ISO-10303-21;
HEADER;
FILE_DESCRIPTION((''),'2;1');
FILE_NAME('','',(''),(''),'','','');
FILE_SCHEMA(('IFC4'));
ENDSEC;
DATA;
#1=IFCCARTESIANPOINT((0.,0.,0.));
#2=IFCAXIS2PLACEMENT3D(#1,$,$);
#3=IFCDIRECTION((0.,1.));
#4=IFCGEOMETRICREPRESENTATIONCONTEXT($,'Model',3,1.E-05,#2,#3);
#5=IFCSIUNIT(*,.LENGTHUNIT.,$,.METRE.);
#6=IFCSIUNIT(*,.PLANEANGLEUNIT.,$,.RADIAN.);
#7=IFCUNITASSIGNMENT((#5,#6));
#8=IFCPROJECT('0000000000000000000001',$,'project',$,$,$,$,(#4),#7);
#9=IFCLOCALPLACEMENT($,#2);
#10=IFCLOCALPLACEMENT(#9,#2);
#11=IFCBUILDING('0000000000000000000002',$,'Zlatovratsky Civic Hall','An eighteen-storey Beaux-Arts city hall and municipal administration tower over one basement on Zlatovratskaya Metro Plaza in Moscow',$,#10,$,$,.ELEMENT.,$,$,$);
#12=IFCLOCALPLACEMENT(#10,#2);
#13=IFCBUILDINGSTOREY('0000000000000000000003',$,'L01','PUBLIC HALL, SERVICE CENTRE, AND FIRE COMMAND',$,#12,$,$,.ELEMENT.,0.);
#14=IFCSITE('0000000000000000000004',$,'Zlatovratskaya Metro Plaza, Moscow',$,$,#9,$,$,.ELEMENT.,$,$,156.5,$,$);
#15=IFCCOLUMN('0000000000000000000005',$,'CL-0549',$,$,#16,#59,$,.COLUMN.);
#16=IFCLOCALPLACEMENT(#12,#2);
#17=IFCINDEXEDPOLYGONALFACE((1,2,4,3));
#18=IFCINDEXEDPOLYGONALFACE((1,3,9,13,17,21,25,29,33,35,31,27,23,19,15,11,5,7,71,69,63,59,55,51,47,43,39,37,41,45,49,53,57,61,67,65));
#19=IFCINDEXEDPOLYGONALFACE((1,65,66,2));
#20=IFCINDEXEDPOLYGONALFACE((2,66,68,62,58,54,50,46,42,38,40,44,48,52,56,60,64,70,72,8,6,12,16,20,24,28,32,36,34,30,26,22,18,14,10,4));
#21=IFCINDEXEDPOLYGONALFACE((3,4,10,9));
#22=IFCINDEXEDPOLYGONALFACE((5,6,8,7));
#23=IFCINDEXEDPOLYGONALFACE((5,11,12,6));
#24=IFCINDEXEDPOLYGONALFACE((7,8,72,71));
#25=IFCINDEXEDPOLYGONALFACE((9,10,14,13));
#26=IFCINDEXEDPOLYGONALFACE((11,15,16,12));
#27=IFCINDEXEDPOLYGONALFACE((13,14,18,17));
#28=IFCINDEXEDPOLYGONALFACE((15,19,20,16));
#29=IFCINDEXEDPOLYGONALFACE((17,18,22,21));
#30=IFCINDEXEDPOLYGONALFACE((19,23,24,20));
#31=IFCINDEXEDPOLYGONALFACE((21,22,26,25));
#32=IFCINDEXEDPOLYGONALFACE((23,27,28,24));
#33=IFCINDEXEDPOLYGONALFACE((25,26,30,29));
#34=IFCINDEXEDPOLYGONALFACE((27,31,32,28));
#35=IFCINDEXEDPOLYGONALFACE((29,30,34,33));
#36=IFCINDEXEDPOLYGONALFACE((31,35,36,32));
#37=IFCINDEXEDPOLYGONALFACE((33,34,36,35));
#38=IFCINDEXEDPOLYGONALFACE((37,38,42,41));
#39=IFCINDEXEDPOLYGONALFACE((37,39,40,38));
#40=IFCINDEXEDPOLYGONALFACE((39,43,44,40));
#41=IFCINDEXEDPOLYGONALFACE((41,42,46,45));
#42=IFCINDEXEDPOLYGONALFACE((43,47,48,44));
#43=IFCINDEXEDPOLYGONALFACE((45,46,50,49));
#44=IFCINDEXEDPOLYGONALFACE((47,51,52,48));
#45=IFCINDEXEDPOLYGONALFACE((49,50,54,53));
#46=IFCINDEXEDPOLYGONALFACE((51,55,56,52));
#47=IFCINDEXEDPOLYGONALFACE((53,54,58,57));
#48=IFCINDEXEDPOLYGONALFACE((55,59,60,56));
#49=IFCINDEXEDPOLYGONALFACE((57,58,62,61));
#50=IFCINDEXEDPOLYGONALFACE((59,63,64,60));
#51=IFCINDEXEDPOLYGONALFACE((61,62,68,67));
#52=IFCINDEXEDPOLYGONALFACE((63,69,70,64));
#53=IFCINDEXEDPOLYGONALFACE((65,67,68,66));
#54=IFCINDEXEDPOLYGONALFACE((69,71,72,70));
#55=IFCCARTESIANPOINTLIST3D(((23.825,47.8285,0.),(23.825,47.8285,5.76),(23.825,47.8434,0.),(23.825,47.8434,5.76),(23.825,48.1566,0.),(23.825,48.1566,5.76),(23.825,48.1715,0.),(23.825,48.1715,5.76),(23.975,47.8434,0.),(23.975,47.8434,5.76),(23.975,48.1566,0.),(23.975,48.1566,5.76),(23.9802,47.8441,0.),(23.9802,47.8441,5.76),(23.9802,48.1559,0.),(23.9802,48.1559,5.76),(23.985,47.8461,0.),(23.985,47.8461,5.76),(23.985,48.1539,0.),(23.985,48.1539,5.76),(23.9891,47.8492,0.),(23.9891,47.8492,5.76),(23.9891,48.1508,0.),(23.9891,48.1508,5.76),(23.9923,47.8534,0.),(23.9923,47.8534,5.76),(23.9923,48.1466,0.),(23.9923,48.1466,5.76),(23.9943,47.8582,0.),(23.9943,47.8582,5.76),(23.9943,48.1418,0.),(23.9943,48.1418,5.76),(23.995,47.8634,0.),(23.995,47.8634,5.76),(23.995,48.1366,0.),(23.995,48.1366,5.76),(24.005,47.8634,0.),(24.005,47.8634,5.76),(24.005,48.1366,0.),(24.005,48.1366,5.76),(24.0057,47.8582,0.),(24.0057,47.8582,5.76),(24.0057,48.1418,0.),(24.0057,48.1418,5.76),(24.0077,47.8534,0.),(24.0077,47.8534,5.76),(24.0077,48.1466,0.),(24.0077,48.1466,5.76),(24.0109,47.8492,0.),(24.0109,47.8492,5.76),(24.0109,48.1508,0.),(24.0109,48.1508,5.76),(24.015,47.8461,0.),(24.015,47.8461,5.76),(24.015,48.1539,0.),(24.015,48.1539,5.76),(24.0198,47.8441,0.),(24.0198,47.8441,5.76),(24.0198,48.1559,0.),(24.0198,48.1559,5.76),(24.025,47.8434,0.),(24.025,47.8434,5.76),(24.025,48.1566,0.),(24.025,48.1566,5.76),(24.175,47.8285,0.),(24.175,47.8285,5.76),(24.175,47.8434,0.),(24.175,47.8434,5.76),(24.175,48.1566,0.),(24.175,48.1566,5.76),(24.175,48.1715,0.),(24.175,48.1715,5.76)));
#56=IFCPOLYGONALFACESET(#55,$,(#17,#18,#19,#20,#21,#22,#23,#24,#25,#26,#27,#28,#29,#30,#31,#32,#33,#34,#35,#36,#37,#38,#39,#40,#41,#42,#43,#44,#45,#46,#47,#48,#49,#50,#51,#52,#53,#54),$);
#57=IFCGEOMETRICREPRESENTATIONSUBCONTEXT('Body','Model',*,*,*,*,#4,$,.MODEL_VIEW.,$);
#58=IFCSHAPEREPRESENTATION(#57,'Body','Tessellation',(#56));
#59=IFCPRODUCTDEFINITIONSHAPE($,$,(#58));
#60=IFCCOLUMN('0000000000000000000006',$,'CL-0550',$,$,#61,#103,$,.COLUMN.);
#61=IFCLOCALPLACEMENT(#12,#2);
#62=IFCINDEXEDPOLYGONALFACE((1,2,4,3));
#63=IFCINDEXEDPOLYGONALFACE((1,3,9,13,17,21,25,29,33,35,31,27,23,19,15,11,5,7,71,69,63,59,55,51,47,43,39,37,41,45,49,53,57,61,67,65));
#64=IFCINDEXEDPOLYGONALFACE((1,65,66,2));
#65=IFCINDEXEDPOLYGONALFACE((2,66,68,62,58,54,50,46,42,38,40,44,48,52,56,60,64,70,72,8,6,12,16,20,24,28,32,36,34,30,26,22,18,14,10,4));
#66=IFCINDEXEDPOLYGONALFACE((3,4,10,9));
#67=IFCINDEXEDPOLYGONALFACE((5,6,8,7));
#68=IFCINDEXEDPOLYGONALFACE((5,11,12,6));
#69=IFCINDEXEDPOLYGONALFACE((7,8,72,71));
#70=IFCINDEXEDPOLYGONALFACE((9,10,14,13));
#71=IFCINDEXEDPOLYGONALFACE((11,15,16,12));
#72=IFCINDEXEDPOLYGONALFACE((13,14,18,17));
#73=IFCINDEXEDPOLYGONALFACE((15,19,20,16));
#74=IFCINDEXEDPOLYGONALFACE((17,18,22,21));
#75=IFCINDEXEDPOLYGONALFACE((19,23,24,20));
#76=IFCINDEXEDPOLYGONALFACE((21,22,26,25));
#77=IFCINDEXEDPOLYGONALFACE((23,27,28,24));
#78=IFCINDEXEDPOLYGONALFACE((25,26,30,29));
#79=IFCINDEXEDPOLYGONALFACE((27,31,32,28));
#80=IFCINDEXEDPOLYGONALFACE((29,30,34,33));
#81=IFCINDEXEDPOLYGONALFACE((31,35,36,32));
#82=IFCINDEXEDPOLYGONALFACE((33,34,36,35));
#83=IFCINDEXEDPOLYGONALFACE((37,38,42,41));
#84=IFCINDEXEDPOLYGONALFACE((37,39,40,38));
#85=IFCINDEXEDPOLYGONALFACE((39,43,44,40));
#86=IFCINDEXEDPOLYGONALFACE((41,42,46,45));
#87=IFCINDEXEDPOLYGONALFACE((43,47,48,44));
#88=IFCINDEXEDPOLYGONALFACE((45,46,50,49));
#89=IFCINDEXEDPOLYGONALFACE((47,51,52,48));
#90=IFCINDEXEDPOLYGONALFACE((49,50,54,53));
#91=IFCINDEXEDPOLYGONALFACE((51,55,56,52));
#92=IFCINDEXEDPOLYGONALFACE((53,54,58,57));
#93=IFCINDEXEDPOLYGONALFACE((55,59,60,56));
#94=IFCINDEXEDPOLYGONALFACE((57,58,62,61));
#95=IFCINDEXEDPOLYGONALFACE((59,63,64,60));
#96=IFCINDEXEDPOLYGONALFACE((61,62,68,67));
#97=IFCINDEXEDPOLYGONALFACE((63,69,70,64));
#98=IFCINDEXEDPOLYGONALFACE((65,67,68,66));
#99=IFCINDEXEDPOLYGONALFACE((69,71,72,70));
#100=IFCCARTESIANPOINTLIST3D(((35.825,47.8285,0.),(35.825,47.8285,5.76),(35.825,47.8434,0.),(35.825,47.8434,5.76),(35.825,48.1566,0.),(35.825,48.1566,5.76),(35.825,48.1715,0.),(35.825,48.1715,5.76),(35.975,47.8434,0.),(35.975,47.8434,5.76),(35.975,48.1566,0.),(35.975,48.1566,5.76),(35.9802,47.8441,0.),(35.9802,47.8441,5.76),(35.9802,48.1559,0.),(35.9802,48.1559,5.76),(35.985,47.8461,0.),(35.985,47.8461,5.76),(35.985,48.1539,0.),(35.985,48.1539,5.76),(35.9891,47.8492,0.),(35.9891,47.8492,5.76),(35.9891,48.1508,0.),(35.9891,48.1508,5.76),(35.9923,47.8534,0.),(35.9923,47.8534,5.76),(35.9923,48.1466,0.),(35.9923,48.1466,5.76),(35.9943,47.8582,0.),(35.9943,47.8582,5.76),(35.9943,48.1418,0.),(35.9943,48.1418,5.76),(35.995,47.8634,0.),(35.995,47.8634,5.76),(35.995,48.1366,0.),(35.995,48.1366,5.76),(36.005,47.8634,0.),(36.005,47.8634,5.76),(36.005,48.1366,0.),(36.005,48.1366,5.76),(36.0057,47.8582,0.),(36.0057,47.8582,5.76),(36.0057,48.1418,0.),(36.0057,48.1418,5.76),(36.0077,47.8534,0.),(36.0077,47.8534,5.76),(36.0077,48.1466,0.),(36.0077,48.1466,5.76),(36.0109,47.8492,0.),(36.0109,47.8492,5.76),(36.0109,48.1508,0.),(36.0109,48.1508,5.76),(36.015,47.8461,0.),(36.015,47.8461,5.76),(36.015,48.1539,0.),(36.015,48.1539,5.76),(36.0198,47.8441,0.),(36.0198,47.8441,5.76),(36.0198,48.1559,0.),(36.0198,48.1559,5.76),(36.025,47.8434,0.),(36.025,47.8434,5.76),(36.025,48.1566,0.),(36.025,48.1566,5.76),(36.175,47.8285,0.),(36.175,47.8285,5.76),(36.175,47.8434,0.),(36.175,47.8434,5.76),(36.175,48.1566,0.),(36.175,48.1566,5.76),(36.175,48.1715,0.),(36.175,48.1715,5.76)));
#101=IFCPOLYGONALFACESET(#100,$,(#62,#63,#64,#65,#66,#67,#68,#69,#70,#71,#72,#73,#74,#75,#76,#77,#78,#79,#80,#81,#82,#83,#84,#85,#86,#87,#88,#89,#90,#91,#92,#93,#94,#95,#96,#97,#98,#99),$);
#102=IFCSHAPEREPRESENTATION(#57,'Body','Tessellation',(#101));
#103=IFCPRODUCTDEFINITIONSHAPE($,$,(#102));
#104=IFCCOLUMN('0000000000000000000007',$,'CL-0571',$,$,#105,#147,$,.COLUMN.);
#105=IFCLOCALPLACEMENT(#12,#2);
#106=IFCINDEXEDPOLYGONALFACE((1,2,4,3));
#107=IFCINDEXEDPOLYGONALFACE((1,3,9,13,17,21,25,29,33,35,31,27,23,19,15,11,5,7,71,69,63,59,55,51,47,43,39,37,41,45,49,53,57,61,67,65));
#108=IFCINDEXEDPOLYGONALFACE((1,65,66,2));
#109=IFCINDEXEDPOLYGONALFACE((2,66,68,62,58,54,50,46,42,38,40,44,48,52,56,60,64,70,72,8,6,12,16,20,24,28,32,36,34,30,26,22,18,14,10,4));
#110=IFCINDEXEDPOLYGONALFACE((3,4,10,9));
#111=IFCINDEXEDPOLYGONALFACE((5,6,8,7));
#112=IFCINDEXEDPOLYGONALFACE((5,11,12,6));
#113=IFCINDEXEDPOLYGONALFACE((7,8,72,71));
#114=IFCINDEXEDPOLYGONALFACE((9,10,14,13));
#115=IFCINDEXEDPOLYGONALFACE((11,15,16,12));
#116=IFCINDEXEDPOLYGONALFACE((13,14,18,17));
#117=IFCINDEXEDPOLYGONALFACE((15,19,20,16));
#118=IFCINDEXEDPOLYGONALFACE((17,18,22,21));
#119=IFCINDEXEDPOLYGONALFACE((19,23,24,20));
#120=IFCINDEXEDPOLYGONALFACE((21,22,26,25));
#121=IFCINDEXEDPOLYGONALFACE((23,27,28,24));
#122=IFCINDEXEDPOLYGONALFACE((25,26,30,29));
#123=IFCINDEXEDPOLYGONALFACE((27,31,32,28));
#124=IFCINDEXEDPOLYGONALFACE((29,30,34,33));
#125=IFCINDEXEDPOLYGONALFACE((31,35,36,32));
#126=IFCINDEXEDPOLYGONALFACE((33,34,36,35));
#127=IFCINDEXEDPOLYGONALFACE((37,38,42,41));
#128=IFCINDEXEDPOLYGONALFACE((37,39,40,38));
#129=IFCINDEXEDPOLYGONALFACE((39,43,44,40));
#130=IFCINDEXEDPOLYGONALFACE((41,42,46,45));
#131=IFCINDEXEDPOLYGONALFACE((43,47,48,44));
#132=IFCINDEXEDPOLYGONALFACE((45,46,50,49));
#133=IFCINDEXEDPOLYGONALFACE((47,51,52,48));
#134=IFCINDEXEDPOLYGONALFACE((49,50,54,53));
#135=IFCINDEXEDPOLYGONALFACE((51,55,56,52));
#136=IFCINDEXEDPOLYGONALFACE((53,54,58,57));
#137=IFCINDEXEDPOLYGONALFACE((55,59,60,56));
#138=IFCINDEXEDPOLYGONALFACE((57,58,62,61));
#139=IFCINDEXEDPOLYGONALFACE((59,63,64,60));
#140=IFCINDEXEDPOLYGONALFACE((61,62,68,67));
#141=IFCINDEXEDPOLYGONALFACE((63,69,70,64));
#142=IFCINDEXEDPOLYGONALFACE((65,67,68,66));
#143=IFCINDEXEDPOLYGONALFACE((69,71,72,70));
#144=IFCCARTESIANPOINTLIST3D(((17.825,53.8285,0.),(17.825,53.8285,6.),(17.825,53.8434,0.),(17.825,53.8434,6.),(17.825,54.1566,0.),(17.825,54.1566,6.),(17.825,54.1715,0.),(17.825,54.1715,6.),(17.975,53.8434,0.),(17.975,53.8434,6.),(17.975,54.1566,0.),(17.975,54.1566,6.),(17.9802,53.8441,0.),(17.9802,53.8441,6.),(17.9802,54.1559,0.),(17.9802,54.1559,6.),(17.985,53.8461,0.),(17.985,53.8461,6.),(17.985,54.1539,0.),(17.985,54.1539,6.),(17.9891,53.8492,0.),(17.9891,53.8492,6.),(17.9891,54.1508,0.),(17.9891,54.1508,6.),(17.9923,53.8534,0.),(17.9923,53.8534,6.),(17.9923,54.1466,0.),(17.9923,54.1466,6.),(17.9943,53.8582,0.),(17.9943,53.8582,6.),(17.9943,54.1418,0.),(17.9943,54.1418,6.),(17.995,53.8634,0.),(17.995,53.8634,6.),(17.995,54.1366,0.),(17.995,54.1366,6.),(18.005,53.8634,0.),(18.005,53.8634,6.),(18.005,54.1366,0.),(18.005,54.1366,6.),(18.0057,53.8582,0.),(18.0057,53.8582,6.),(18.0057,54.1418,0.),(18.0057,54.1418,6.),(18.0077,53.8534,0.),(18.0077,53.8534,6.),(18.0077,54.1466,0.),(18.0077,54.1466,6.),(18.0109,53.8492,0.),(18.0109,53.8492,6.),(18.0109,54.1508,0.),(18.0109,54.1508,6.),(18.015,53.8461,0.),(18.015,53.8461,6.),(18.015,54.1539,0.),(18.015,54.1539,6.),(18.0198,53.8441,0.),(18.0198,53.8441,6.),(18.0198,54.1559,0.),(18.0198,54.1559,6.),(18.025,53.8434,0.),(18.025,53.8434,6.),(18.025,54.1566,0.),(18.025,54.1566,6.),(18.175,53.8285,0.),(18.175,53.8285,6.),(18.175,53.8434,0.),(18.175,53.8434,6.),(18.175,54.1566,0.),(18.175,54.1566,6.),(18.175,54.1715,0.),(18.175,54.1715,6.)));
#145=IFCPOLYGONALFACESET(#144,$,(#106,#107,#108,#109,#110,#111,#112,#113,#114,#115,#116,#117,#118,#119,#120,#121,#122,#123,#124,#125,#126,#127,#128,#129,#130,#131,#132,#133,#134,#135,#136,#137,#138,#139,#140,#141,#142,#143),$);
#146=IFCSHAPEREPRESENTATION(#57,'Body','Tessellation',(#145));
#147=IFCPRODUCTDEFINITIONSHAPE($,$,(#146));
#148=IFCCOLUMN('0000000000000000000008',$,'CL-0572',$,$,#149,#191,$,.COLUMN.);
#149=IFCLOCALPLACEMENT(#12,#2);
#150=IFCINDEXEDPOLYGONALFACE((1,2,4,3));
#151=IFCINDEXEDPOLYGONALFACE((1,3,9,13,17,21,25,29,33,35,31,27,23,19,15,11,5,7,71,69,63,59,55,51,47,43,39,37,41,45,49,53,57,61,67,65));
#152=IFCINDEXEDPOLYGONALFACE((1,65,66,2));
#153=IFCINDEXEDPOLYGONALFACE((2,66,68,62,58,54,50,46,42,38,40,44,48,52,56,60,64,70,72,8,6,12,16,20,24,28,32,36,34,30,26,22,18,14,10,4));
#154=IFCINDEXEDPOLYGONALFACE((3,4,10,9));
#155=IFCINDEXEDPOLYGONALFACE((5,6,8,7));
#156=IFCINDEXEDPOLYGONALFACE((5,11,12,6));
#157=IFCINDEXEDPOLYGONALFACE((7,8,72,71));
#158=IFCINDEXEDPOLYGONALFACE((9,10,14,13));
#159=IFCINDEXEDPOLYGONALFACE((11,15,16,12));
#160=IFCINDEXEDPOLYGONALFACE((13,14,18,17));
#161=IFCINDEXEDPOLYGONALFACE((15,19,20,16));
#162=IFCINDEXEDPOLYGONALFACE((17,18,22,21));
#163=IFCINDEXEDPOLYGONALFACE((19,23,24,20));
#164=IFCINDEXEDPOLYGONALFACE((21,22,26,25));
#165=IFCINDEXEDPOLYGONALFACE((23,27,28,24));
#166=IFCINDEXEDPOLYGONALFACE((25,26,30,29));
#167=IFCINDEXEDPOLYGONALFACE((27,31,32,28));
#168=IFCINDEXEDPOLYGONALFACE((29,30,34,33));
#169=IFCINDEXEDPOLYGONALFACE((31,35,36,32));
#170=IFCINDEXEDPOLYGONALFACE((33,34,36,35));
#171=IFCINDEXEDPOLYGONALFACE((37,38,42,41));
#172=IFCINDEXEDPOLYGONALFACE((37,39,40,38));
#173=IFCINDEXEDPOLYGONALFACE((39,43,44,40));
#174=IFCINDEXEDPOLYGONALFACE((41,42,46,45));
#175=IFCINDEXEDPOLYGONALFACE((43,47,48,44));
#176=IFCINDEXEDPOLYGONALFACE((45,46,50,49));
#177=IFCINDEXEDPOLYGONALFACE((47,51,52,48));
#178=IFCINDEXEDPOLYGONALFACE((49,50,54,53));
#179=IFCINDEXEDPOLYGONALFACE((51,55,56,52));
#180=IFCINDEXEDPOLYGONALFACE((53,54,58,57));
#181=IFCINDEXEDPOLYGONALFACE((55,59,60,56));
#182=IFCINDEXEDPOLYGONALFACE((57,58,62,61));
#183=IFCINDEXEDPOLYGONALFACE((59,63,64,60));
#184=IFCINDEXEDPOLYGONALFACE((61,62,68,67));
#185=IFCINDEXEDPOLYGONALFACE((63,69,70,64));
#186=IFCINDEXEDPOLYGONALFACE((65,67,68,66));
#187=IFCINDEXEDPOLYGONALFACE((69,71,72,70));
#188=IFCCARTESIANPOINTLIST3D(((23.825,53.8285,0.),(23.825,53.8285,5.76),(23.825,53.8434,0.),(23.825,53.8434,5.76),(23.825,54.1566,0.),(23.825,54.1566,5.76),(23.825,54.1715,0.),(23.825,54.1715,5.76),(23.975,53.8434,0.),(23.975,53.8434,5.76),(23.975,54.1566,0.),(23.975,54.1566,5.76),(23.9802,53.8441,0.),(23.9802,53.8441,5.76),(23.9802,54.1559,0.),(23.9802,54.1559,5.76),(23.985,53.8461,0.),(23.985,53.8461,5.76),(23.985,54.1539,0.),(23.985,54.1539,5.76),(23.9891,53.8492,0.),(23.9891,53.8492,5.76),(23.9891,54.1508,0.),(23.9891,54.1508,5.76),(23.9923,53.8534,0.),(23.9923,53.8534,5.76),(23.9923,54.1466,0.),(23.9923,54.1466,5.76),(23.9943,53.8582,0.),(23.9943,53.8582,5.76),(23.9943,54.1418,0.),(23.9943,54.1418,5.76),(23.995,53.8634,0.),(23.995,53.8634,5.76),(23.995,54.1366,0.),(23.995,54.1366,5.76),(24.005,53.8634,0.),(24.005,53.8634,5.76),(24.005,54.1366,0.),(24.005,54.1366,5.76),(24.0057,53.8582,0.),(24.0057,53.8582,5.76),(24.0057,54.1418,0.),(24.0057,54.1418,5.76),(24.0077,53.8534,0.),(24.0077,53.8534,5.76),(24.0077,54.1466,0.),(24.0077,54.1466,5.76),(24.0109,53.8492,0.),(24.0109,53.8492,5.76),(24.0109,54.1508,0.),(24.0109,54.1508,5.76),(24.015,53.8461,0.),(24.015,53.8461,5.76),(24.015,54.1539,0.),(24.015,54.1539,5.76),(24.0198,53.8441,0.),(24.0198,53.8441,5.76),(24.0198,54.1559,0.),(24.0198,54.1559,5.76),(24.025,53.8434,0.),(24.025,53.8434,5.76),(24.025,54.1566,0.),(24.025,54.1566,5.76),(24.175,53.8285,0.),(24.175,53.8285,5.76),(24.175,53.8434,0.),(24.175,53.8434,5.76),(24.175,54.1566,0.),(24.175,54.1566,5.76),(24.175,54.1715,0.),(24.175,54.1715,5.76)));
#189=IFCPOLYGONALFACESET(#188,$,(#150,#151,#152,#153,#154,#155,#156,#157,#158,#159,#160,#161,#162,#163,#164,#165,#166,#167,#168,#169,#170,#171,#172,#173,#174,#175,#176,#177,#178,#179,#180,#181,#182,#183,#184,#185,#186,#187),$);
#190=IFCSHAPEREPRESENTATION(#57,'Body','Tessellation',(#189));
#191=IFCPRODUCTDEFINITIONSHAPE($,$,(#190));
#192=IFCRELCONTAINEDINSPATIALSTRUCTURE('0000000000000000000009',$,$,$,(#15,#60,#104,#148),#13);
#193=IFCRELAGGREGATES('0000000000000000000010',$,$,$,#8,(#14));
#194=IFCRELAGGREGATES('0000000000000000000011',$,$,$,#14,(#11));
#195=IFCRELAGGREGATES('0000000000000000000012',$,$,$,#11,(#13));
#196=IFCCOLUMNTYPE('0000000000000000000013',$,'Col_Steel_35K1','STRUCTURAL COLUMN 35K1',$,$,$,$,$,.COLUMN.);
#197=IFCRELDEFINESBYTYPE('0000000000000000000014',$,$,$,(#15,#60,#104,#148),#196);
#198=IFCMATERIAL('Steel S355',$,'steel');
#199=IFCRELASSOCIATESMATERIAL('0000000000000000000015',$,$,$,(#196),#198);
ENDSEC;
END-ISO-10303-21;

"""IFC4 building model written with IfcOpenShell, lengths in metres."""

from ifc_helpers import new_model, si_unit, direction, frame, origin, origin_2d, place, context, subcontext, project, spatial, i_section, extrude, material, material_profile, profile_set, type_object, element, save


model = new_model("IFC4")

# Units and contexts
model_context = context("Model", 3, precision=1e-05, world=origin(), true_north=direction((0.0, 1.0)))
body_context = subcontext(model_context, "Body", "Model", "MODEL_VIEW")
ifc_project = project(units=[si_unit("LENGTHUNIT", "METRE"), si_unit("PLANEANGLEUNIT", "RADIAN")], contexts=[model_context])

# Site, building, storey
site_placement = place(None, origin())
site = spatial("IfcSite", under=ifc_project, at=site_placement, Name="Zlatovratskaya Metro Plaza, Moscow", CompositionType="ELEMENT", RefElevation=156.5)
building_placement = place(site_placement, origin())
building = spatial("IfcBuilding", under=site, at=building_placement, Name="Zlatovratsky Civic Hall", Description="An eighteen-storey Beaux-Arts city hall and municipal administration tower over one basement on Zlatovratskaya Metro Plaza in Moscow", CompositionType="ELEMENT")
storey_placement = place(building_placement, origin())
storey = spatial("IfcBuildingStorey", under=building, at=storey_placement, Name="L01", Description="PUBLIC HALL, SERVICE CENTRE, AND FIRE COMMAND", CompositionType="ELEMENT", Elevation=0.0)

# Columns
ifc_material = material(Name="Steel S355", Category="steel")
ifc_material_profile_1 = material_profile(ifc_material, i_section(OverallWidth=0.3501, OverallDepth=0.343, WebThickness=0.01, FlangeThickness=0.0149, FilletRadius=0.02, at=origin_2d()), Name="35K1")
ifc_profile_set_1 = profile_set([ifc_material_profile_1], Name="Steel S355")
column_type = type_object("IfcColumnType", Name="Col_Steel_35K1", Description="STRUCTURAL COLUMN 35K1", PredefinedType="COLUMN", material=ifc_profile_set_1)
for number, where, z_axis, x_axis, name in (
    (1, (24.0, 48.0, 0.0), (0.0, 0.0, 1.0), (1.0, 0.0, 0.0), "CL-0549"),
    (2, (36.0, 48.0, 0.0), (0.0, 0.0, 1.0), (1.0, 0.0, 0.0), "CL-0550"),
):
    element("IfcColumn", number, at=place(storey_placement, frame(where, z_axis=z_axis, x_axis=x_axis)), inside=storey, type_object=column_type, Name=name, PredefinedType="COLUMN", context=body_context, shape_type="SweptSolid", body=[
        extrude(i_section(OverallWidth=0.3501, OverallDepth=0.343, WebThickness=0.01, FlangeThickness=0.0149, FilletRadius=0.02, at=origin_2d()), origin(), (0.0, 0.0, 1.0), 5.76),
    ])
column_1_placement = place(storey_placement, frame((18.0, 54.0, 0.0), z_axis=(0.0, 0.0, 1.0), x_axis=(1.0, 0.0, 0.0)))
element("IfcColumn", 3, at=column_1_placement, inside=storey, type_object=column_type, Name="CL-0571", PredefinedType="COLUMN", context=body_context, shape_type="SweptSolid", body=[
    extrude(i_section(OverallWidth=0.3501, OverallDepth=0.343, WebThickness=0.01, FlangeThickness=0.0149, FilletRadius=0.02, at=origin_2d()), origin(), (0.0, 0.0, 1.0), 6.0),
])
for number, where, z_axis, x_axis, name in (
    (4, (24.0, 54.0, 0.0), (0.0, 0.0, 1.0), (1.0, 0.0, 0.0), "CL-0572"),
):
    element("IfcColumn", number, at=place(storey_placement, frame(where, z_axis=z_axis, x_axis=x_axis)), inside=storey, type_object=column_type, Name=name, PredefinedType="COLUMN", context=body_context, shape_type="SweptSolid", body=[
        extrude(i_section(OverallWidth=0.3501, OverallDepth=0.343, WebThickness=0.01, FlangeThickness=0.0149, FilletRadius=0.02, at=origin_2d()), origin(), (0.0, 0.0, 1.0), 5.76),
    ])

save(model, "model.ifc")
